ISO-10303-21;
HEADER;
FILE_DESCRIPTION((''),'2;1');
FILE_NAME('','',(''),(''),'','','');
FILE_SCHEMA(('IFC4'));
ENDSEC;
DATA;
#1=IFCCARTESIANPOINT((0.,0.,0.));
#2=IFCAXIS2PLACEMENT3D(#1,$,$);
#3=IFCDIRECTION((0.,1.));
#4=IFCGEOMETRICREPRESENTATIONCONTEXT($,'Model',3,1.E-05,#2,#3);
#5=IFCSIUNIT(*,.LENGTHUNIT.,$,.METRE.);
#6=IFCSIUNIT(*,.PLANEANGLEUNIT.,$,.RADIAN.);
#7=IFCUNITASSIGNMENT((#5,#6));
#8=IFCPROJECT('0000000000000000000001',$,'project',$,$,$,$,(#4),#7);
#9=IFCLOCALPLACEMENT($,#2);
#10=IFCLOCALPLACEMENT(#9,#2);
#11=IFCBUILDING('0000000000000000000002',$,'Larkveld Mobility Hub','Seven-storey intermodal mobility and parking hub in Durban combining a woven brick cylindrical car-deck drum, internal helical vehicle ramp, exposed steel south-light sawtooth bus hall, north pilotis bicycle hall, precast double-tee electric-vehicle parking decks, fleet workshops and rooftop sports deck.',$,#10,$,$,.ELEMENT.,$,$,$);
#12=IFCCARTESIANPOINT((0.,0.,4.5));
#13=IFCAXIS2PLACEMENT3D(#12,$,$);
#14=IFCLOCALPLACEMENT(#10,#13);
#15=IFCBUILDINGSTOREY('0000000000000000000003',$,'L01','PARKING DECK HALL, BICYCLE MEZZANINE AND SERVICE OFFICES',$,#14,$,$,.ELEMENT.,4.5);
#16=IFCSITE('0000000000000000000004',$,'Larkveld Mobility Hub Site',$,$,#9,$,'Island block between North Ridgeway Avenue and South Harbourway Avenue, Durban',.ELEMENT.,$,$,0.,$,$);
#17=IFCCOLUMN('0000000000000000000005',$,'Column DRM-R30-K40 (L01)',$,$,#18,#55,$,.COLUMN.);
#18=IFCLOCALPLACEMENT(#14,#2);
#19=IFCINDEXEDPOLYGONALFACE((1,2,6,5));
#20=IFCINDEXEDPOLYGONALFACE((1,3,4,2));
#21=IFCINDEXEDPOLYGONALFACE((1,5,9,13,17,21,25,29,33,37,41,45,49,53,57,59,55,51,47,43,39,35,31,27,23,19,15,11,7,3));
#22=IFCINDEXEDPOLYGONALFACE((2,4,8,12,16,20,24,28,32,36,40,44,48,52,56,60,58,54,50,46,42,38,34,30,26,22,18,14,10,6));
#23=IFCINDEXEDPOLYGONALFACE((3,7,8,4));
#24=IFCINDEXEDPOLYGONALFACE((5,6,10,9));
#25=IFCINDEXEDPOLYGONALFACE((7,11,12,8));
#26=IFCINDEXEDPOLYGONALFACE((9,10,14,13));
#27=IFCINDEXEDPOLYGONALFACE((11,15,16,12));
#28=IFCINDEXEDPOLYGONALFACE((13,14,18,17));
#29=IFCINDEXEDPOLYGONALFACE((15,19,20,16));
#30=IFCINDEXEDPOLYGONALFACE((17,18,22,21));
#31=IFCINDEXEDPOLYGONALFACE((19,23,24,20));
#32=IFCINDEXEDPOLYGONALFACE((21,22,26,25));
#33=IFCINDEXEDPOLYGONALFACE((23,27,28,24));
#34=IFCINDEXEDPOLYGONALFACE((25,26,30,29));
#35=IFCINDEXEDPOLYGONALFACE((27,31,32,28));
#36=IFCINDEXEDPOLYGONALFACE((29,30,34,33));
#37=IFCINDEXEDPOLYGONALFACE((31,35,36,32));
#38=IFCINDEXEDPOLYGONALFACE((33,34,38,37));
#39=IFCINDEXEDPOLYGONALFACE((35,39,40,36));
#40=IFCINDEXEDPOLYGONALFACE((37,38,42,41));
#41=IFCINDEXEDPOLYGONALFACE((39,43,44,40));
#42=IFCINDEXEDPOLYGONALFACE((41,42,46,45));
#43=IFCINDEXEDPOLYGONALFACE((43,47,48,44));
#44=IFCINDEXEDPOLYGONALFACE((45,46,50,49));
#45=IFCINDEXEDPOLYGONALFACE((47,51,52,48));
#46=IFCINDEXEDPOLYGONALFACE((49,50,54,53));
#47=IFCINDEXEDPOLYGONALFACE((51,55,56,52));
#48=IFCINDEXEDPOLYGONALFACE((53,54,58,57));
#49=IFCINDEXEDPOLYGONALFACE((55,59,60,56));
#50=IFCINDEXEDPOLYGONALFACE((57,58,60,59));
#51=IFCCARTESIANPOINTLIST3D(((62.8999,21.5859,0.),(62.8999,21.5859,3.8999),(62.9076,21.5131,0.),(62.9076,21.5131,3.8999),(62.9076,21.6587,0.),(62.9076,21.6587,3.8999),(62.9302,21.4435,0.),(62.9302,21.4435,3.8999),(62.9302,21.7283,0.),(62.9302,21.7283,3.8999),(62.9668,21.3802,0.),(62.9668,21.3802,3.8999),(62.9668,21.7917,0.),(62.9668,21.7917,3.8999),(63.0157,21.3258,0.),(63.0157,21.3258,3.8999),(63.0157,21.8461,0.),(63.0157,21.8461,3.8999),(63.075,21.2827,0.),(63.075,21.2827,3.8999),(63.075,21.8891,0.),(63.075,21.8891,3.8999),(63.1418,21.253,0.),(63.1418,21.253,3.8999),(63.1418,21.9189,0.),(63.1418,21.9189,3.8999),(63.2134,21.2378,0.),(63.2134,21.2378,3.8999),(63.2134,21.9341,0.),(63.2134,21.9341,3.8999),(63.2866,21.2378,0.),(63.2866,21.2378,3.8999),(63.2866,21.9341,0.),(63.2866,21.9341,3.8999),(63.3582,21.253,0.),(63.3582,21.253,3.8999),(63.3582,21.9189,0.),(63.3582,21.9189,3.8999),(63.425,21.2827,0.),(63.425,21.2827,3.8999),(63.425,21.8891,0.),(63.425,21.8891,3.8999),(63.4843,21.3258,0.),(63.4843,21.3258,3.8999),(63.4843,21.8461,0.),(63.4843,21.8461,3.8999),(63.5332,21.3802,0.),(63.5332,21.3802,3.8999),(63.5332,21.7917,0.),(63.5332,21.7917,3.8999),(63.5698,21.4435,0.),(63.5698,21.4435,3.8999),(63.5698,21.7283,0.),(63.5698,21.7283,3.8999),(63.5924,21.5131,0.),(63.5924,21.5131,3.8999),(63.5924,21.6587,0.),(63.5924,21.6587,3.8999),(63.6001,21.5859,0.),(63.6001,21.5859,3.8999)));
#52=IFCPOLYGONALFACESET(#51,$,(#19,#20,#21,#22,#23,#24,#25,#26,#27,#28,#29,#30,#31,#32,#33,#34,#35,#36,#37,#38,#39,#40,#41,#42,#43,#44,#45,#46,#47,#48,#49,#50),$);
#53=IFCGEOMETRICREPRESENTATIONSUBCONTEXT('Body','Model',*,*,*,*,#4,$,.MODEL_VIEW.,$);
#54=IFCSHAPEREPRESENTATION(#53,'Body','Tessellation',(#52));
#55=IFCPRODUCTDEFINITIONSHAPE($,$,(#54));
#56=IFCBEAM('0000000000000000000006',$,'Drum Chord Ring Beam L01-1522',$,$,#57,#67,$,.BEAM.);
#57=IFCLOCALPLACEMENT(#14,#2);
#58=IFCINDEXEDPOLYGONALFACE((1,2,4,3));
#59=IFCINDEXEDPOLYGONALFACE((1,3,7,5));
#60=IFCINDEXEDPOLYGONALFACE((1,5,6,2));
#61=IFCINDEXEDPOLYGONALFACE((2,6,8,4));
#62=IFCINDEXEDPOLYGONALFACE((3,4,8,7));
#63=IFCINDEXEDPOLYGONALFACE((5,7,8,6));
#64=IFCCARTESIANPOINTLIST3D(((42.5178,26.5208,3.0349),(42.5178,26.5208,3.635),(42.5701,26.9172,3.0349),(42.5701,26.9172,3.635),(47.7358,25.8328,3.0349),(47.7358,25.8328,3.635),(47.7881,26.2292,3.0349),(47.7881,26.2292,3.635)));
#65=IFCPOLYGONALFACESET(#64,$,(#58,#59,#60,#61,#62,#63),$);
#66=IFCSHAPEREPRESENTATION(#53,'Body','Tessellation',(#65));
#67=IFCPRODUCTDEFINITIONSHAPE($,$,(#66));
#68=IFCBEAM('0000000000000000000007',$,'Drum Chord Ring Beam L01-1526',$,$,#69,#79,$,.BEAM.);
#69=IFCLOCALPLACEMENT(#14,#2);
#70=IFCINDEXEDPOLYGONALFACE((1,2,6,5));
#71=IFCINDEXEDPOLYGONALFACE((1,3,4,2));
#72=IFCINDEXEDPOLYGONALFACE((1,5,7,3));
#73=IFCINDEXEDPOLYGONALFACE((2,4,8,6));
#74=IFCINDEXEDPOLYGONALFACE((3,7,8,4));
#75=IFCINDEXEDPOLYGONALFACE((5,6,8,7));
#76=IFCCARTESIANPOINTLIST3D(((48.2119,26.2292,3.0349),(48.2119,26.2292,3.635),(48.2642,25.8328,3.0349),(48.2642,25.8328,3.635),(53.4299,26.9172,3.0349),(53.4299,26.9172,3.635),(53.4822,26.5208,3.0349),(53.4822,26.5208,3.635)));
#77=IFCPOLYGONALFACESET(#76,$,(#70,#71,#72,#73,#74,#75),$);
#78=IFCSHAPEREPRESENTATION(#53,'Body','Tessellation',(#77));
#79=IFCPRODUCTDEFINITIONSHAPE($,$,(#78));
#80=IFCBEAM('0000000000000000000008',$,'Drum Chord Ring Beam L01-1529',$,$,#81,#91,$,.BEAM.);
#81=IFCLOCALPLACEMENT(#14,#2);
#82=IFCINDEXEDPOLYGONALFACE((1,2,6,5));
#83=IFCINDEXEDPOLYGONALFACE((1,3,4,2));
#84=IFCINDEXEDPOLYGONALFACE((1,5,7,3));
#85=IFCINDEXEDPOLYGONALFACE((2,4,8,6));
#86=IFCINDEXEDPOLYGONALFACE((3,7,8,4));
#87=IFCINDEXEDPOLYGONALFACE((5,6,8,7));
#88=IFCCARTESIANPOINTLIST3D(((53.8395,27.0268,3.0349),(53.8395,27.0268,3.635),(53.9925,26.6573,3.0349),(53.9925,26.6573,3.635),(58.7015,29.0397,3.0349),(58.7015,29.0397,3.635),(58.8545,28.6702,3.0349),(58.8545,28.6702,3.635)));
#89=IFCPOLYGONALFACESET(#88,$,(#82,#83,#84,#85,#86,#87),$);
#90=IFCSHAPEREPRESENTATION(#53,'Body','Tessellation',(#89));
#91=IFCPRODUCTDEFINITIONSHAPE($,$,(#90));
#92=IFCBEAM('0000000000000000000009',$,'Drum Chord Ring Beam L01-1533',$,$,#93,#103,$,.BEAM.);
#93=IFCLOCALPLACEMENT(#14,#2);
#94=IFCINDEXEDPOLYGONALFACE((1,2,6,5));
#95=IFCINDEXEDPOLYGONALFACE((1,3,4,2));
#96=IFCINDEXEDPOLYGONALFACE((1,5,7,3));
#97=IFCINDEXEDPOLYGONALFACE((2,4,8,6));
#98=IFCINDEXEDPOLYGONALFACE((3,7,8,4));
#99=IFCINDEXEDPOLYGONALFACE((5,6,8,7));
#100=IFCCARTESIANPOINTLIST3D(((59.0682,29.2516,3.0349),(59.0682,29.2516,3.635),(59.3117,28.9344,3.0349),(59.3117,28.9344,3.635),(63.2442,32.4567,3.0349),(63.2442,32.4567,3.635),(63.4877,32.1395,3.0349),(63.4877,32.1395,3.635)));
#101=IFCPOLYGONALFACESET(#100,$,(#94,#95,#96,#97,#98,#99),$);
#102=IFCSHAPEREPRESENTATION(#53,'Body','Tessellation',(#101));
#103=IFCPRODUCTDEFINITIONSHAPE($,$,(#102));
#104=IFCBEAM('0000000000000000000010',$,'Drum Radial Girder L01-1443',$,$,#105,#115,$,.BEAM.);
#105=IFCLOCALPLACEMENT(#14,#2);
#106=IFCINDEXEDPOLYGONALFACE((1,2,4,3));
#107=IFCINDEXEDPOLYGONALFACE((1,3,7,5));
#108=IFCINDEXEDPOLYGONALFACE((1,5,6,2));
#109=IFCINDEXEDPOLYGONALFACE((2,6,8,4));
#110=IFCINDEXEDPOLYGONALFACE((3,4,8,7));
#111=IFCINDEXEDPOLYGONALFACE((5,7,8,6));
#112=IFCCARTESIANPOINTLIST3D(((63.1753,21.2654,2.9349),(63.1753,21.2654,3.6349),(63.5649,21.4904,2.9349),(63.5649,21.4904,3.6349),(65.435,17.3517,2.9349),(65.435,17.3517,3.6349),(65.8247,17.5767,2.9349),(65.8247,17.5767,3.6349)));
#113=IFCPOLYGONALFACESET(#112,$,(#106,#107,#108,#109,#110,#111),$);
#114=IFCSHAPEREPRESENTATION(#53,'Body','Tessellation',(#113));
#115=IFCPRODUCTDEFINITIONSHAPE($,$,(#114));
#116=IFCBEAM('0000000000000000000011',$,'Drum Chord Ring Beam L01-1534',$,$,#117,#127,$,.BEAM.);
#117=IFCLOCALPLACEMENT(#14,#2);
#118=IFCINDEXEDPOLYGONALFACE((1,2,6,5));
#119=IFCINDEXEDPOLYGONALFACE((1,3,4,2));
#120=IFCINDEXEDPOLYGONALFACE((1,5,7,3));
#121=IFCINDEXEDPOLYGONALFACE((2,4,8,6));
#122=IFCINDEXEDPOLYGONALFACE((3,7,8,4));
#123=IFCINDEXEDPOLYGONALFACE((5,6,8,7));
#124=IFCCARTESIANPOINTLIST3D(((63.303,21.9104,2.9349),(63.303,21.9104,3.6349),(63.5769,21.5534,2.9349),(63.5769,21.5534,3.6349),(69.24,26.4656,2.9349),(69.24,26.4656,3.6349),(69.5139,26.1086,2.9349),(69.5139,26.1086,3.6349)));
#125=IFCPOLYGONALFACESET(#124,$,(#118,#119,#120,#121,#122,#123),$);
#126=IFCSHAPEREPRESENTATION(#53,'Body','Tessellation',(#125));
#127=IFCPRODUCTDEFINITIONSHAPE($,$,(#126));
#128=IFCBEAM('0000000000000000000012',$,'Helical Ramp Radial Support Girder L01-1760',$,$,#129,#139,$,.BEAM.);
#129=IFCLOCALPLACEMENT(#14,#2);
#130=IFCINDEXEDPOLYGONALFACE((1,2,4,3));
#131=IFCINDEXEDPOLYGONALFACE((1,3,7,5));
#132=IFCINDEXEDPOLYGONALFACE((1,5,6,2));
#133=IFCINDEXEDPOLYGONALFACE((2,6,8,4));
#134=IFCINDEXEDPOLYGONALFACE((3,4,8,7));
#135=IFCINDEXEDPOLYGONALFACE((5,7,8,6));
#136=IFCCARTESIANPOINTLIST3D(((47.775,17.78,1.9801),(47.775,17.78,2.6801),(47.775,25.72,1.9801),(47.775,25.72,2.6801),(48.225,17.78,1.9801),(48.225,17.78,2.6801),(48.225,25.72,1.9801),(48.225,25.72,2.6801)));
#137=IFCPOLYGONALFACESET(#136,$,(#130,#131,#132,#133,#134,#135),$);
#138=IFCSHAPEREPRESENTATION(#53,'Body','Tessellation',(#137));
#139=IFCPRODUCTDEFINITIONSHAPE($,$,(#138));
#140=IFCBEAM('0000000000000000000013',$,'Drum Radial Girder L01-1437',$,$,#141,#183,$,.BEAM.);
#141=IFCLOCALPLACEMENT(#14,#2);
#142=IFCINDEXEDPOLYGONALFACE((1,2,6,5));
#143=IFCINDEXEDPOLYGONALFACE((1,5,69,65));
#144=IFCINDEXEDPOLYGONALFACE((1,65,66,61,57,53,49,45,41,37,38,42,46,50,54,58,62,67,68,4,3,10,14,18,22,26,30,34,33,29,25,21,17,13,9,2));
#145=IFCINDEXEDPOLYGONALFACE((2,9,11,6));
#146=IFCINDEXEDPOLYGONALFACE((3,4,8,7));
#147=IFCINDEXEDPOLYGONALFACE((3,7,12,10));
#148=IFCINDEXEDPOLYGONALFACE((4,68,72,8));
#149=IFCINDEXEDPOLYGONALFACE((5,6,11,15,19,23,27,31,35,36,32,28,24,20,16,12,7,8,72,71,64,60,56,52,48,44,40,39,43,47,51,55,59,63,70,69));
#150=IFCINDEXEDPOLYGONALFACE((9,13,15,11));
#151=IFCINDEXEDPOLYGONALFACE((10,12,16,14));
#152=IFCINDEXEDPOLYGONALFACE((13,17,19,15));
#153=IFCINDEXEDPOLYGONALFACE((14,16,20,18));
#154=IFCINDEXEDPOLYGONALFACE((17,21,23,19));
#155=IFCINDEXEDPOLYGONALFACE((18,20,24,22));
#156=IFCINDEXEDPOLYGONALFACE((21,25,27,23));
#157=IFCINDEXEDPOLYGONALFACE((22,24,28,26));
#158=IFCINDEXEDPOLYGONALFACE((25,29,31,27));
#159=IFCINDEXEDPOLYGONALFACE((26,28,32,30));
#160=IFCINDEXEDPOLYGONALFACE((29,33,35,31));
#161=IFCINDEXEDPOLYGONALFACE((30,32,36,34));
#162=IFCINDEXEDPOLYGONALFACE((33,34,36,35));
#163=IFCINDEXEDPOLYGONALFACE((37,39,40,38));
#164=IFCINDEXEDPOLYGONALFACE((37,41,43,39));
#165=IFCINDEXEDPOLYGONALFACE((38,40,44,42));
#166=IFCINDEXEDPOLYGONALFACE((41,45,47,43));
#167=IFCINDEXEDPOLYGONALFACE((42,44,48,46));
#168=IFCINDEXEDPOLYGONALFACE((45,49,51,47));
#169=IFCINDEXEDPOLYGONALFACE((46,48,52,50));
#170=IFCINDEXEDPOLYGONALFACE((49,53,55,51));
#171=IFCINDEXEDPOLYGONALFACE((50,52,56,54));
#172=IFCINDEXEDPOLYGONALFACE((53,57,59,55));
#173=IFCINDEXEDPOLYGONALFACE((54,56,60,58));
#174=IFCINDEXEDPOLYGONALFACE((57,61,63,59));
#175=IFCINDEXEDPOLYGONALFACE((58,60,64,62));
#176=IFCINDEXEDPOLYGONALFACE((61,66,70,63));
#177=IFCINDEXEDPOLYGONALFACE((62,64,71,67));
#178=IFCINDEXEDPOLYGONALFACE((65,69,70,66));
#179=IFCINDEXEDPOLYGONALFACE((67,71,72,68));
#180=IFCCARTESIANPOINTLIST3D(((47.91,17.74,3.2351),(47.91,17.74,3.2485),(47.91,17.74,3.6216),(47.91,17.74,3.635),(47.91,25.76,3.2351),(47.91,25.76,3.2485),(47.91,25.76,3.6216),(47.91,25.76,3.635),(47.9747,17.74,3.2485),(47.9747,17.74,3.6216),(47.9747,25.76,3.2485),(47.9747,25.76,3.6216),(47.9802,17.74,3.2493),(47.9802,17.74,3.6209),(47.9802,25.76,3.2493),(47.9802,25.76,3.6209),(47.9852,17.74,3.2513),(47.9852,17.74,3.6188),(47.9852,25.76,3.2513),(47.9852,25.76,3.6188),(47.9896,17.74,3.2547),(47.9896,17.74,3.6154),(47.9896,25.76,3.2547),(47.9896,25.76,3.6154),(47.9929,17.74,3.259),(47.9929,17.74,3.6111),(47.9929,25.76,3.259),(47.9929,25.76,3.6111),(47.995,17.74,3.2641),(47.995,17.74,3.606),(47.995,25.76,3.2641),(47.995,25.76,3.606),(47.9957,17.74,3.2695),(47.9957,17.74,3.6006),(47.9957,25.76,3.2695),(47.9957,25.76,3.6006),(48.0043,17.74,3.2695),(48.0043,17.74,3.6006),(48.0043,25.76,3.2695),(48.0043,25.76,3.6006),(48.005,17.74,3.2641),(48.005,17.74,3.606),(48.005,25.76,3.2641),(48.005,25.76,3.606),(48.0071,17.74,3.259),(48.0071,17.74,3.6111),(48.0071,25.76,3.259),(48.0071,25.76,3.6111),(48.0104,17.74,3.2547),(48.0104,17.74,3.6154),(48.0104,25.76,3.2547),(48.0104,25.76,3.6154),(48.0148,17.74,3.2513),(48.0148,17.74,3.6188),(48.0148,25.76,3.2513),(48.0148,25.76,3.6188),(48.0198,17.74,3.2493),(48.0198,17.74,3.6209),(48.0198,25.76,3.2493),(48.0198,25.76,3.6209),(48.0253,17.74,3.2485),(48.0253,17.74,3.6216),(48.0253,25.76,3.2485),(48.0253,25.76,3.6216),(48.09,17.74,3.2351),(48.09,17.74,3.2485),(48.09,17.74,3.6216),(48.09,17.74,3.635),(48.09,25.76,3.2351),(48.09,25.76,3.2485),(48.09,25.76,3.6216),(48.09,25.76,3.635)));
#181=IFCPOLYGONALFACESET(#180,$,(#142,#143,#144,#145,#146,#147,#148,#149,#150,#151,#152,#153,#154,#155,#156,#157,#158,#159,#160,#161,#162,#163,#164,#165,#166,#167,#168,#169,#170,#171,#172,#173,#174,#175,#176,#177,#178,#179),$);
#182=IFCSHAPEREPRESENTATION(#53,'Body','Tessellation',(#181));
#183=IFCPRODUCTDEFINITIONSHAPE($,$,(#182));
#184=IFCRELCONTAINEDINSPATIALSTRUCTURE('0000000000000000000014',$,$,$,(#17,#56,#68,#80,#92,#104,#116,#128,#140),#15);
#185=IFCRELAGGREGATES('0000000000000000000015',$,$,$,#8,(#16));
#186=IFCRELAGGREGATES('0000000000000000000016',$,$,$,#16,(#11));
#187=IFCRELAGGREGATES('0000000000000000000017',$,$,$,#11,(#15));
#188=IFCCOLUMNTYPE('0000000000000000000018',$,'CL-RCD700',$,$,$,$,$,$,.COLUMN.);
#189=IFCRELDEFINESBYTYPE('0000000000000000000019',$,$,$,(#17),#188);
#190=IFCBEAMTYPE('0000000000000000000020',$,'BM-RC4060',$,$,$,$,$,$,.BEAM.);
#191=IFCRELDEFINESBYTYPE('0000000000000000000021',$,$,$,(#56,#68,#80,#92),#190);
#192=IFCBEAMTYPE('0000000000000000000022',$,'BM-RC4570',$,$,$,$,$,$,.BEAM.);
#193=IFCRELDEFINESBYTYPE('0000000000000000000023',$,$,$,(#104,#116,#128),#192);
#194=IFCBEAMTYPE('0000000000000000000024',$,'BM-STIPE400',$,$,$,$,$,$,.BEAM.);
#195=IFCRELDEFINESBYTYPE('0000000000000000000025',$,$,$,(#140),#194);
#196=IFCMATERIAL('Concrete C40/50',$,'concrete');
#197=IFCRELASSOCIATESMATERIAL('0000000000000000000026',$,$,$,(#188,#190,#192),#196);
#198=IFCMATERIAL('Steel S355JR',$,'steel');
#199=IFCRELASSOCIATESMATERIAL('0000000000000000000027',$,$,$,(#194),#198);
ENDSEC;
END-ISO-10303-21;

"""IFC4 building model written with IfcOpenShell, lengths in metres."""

from ifc_helpers import new_model, si_unit, direction, frame, origin, origin_2d, place, context, subcontext, project, spatial, rectangle, circle, i_section, extrude, material, material_profile, profile_set, type_object, element, save


model = new_model("IFC4")

# Units and contexts
model_context = context("Model", 3, precision=1e-05, world=origin(), true_north=direction((0.0, 1.0)))
body_context = subcontext(model_context, "Body", "Model", "MODEL_VIEW")
ifc_project = project(units=[si_unit("LENGTHUNIT", "METRE"), si_unit("PLANEANGLEUNIT", "RADIAN")], contexts=[model_context])

# Site, building, storey
site_placement = place(None, origin())
site = spatial("IfcSite", under=ifc_project, at=site_placement, Name="Larkveld Mobility Hub Site", LongName="Island block between North Ridgeway Avenue and South Harbourway Avenue, Durban", CompositionType="ELEMENT", RefElevation=0.0)
building_placement = place(site_placement, origin())
building = spatial("IfcBuilding", under=site, at=building_placement, Name="Larkveld Mobility Hub", Description="Seven-storey intermodal mobility and parking hub in Durban combining a woven brick cylindrical car-deck drum, internal helical vehicle ramp, exposed steel south-light sawtooth bus hall, north pilotis bicycle hall, precast double-tee electric-vehicle parking decks, fleet workshops and rooftop sports deck.", CompositionType="ELEMENT")
storey_placement = place(building_placement, frame((0.0, 0.0, 4.5)))
storey = spatial("IfcBuildingStorey", under=building, at=storey_placement, Name="L01", Description="PARKING DECK HALL, BICYCLE MEZZANINE AND SERVICE OFFICES", CompositionType="ELEMENT", Elevation=4.5)

# Column
ifc_material_1 = material(Name="Concrete C40/50", Category="concrete")
ifc_material_profile_1 = material_profile(ifc_material_1, circle(Radius=0.3501, at=origin_2d()), Name="RC COL D700")
ifc_profile_set_1 = profile_set([ifc_material_profile_1], Name="Concrete C40/50")
column_type_1 = type_object("IfcColumnType", Name="CL-RCD700", PredefinedType="COLUMN", material=ifc_profile_set_1)
column_placement = place(storey_placement, frame((63.25, 21.5859, 0.0), z_axis=(0.0, 0.0, 1.0), x_axis=(1.0, 0.0, 0.0)))
element("IfcColumn", 1, at=column_placement, inside=storey, type_object=column_type_1, Name="Column DRM-R30-K40 (L01)", PredefinedType="COLUMN", context=body_context, shape_type="SweptSolid", body=[
    extrude(circle(Radius=0.3501, at=origin_2d()), origin(), (0.0, 0.0, 1.0), 3.8999),
])

# Beams
ifc_material_profile_2 = material_profile(ifc_material_1, rectangle(XDim=0.3999, YDim=0.6001, at=origin_2d()), Name="RC BM 400x600")
ifc_profile_set_2 = profile_set([ifc_material_profile_2], Name="Concrete C40/50")
beam_type_1 = type_object("IfcBeamType", Name="BM-RC4060", PredefinedType="BEAM", material=ifc_profile_set_2)
for number, where, z_axis, x_axis, name in (
    (2, (42.5439, 26.719, 3.335), (0.99142, -0.130717, 0.0), (0.130717, 0.99142, 0.0), "Drum Chord Ring Beam L01-1522"),
    (3, (48.238, 26.031, 3.335), (0.99142, 0.130717, 0.0), (-0.130717, 0.99142, 0.0), "Drum Chord Ring Beam L01-1526"),
):
    element("IfcBeam", number, at=place(storey_placement, frame(where, z_axis=z_axis, x_axis=x_axis)), inside=storey, type_object=beam_type_1, Name=name, PredefinedType="BEAM", context=body_context, shape_type="SweptSolid", body=[
        extrude(rectangle(XDim=0.3999, YDim=0.6001, at=origin_2d()), origin(), (0.0, 0.0, 1.0), 5.2632),
    ])
beam_1_placement = place(storey_placement, frame((53.916, 26.842, 3.335), z_axis=(0.923946, 0.382523, 0.0), x_axis=(-0.382523, 0.923946, 0.0)))
element("IfcBeam", 4, at=beam_1_placement, inside=storey, type_object=beam_type_1, Name="Drum Chord Ring Beam L01-1529", PredefinedType="BEAM", context=body_context, shape_type="SweptSolid", body=[
    extrude(rectangle(XDim=0.3999, YDim=0.6001, at=origin_2d()), origin(), (0.0, 0.0, 1.0), 5.2622),
])
beam_2_placement = place(storey_placement, frame((59.1899, 29.093, 3.335), z_axis=(0.793289, 0.608845, 0.0), x_axis=(-0.608845, 0.793289, 0.0)))
element("IfcBeam", 5, at=beam_2_placement, inside=storey, type_object=beam_type_1, Name="Drum Chord Ring Beam L01-1533", PredefinedType="BEAM", context=body_context, shape_type="SweptSolid", body=[
    extrude(rectangle(XDim=0.3999, YDim=0.6001, at=origin_2d()), origin(), (0.0, 0.0, 1.0), 5.2642),
])
ifc_material_profile_3 = material_profile(ifc_material_1, rectangle(XDim=0.45, YDim=0.7, at=origin_2d()), Name="RC BM 450x700")
ifc_profile_set_3 = profile_set([ifc_material_profile_3], Name="Concrete C40/50")
beam_type_2 = type_object("IfcBeamType", Name="BM-RC4570", PredefinedType="BEAM", material=ifc_profile_set_3)
beam_3_placement = place(storey_placement, frame((63.3701, 21.3779, 3.2849), z_axis=(0.50002, -0.866014, 0.0), x_axis=(0.866014, 0.50002, 0.0)))
element("IfcBeam", 6, at=beam_3_placement, inside=storey, type_object=beam_type_2, Name="Drum Radial Girder L01-1443", PredefinedType="BEAM", context=body_context, shape_type="SweptSolid", body=[
    extrude(rectangle(XDim=0.45, YDim=0.7, at=origin_2d()), origin(), (0.0, 0.0, 1.0), 4.5193),
])
beam_4_placement = place(storey_placement, frame((63.4399, 21.7319, 3.2849), z_axis=(0.793383, 0.608723, 0.0), x_axis=(-0.608723, 0.793383, 0.0)))
element("IfcBeam", 7, at=beam_4_placement, inside=storey, type_object=beam_type_2, Name="Drum Chord Ring Beam L01-1534", PredefinedType="BEAM", context=body_context, shape_type="SweptSolid", body=[
    extrude(rectangle(XDim=0.45, YDim=0.7, at=origin_2d()), origin(), (0.0, 0.0, 1.0), 7.4832),
])
beam_5_placement = place(storey_placement, frame((48.0, 25.72, 2.3301), z_axis=(0.0, -1.0, 0.0), x_axis=(1.0, 0.0, 0.0)))
element("IfcBeam", 8, at=beam_5_placement, inside=storey, type_object=beam_type_2, Name="Helical Ramp Radial Support Girder L01-1760", PredefinedType="BEAM", context=body_context, shape_type="SweptSolid", body=[
    extrude(rectangle(XDim=0.45, YDim=0.7, at=origin_2d()), origin(), (0.0, 0.0, 1.0), 7.9399),
])
ifc_material_2 = material(Name="Steel S355JR", Category="steel")
ifc_material_profile_4 = material_profile(ifc_material_2, i_section(OverallWidth=0.1799, OverallDepth=0.3999, WebThickness=0.0085, FlangeThickness=0.0134, FilletRadius=0.021, at=origin_2d()), Name="IPE 400")
ifc_profile_set_4 = profile_set([ifc_material_profile_4], Name="Steel S355JR")
beam_type_3 = type_object("IfcBeamType", Name="BM-STIPE400", PredefinedType="BEAM", material=ifc_profile_set_4)
beam_6_placement = place(storey_placement, frame((48.0, 25.76, 3.4351), z_axis=(0.0, -1.0, 0.0), x_axis=(1.0, 0.0, 0.0)))
element("IfcBeam", 9, at=beam_6_placement, inside=storey, type_object=beam_type_3, Name="Drum Radial Girder L01-1437", PredefinedType="BEAM", context=body_context, shape_type="SweptSolid", body=[
    extrude(i_section(OverallWidth=0.1799, OverallDepth=0.3999, WebThickness=0.0085, FlangeThickness=0.0134, FilletRadius=0.021, at=origin_2d()), origin(), (0.0, 0.0, 1.0), 8.02),
])

save(model, "model.ifc")
